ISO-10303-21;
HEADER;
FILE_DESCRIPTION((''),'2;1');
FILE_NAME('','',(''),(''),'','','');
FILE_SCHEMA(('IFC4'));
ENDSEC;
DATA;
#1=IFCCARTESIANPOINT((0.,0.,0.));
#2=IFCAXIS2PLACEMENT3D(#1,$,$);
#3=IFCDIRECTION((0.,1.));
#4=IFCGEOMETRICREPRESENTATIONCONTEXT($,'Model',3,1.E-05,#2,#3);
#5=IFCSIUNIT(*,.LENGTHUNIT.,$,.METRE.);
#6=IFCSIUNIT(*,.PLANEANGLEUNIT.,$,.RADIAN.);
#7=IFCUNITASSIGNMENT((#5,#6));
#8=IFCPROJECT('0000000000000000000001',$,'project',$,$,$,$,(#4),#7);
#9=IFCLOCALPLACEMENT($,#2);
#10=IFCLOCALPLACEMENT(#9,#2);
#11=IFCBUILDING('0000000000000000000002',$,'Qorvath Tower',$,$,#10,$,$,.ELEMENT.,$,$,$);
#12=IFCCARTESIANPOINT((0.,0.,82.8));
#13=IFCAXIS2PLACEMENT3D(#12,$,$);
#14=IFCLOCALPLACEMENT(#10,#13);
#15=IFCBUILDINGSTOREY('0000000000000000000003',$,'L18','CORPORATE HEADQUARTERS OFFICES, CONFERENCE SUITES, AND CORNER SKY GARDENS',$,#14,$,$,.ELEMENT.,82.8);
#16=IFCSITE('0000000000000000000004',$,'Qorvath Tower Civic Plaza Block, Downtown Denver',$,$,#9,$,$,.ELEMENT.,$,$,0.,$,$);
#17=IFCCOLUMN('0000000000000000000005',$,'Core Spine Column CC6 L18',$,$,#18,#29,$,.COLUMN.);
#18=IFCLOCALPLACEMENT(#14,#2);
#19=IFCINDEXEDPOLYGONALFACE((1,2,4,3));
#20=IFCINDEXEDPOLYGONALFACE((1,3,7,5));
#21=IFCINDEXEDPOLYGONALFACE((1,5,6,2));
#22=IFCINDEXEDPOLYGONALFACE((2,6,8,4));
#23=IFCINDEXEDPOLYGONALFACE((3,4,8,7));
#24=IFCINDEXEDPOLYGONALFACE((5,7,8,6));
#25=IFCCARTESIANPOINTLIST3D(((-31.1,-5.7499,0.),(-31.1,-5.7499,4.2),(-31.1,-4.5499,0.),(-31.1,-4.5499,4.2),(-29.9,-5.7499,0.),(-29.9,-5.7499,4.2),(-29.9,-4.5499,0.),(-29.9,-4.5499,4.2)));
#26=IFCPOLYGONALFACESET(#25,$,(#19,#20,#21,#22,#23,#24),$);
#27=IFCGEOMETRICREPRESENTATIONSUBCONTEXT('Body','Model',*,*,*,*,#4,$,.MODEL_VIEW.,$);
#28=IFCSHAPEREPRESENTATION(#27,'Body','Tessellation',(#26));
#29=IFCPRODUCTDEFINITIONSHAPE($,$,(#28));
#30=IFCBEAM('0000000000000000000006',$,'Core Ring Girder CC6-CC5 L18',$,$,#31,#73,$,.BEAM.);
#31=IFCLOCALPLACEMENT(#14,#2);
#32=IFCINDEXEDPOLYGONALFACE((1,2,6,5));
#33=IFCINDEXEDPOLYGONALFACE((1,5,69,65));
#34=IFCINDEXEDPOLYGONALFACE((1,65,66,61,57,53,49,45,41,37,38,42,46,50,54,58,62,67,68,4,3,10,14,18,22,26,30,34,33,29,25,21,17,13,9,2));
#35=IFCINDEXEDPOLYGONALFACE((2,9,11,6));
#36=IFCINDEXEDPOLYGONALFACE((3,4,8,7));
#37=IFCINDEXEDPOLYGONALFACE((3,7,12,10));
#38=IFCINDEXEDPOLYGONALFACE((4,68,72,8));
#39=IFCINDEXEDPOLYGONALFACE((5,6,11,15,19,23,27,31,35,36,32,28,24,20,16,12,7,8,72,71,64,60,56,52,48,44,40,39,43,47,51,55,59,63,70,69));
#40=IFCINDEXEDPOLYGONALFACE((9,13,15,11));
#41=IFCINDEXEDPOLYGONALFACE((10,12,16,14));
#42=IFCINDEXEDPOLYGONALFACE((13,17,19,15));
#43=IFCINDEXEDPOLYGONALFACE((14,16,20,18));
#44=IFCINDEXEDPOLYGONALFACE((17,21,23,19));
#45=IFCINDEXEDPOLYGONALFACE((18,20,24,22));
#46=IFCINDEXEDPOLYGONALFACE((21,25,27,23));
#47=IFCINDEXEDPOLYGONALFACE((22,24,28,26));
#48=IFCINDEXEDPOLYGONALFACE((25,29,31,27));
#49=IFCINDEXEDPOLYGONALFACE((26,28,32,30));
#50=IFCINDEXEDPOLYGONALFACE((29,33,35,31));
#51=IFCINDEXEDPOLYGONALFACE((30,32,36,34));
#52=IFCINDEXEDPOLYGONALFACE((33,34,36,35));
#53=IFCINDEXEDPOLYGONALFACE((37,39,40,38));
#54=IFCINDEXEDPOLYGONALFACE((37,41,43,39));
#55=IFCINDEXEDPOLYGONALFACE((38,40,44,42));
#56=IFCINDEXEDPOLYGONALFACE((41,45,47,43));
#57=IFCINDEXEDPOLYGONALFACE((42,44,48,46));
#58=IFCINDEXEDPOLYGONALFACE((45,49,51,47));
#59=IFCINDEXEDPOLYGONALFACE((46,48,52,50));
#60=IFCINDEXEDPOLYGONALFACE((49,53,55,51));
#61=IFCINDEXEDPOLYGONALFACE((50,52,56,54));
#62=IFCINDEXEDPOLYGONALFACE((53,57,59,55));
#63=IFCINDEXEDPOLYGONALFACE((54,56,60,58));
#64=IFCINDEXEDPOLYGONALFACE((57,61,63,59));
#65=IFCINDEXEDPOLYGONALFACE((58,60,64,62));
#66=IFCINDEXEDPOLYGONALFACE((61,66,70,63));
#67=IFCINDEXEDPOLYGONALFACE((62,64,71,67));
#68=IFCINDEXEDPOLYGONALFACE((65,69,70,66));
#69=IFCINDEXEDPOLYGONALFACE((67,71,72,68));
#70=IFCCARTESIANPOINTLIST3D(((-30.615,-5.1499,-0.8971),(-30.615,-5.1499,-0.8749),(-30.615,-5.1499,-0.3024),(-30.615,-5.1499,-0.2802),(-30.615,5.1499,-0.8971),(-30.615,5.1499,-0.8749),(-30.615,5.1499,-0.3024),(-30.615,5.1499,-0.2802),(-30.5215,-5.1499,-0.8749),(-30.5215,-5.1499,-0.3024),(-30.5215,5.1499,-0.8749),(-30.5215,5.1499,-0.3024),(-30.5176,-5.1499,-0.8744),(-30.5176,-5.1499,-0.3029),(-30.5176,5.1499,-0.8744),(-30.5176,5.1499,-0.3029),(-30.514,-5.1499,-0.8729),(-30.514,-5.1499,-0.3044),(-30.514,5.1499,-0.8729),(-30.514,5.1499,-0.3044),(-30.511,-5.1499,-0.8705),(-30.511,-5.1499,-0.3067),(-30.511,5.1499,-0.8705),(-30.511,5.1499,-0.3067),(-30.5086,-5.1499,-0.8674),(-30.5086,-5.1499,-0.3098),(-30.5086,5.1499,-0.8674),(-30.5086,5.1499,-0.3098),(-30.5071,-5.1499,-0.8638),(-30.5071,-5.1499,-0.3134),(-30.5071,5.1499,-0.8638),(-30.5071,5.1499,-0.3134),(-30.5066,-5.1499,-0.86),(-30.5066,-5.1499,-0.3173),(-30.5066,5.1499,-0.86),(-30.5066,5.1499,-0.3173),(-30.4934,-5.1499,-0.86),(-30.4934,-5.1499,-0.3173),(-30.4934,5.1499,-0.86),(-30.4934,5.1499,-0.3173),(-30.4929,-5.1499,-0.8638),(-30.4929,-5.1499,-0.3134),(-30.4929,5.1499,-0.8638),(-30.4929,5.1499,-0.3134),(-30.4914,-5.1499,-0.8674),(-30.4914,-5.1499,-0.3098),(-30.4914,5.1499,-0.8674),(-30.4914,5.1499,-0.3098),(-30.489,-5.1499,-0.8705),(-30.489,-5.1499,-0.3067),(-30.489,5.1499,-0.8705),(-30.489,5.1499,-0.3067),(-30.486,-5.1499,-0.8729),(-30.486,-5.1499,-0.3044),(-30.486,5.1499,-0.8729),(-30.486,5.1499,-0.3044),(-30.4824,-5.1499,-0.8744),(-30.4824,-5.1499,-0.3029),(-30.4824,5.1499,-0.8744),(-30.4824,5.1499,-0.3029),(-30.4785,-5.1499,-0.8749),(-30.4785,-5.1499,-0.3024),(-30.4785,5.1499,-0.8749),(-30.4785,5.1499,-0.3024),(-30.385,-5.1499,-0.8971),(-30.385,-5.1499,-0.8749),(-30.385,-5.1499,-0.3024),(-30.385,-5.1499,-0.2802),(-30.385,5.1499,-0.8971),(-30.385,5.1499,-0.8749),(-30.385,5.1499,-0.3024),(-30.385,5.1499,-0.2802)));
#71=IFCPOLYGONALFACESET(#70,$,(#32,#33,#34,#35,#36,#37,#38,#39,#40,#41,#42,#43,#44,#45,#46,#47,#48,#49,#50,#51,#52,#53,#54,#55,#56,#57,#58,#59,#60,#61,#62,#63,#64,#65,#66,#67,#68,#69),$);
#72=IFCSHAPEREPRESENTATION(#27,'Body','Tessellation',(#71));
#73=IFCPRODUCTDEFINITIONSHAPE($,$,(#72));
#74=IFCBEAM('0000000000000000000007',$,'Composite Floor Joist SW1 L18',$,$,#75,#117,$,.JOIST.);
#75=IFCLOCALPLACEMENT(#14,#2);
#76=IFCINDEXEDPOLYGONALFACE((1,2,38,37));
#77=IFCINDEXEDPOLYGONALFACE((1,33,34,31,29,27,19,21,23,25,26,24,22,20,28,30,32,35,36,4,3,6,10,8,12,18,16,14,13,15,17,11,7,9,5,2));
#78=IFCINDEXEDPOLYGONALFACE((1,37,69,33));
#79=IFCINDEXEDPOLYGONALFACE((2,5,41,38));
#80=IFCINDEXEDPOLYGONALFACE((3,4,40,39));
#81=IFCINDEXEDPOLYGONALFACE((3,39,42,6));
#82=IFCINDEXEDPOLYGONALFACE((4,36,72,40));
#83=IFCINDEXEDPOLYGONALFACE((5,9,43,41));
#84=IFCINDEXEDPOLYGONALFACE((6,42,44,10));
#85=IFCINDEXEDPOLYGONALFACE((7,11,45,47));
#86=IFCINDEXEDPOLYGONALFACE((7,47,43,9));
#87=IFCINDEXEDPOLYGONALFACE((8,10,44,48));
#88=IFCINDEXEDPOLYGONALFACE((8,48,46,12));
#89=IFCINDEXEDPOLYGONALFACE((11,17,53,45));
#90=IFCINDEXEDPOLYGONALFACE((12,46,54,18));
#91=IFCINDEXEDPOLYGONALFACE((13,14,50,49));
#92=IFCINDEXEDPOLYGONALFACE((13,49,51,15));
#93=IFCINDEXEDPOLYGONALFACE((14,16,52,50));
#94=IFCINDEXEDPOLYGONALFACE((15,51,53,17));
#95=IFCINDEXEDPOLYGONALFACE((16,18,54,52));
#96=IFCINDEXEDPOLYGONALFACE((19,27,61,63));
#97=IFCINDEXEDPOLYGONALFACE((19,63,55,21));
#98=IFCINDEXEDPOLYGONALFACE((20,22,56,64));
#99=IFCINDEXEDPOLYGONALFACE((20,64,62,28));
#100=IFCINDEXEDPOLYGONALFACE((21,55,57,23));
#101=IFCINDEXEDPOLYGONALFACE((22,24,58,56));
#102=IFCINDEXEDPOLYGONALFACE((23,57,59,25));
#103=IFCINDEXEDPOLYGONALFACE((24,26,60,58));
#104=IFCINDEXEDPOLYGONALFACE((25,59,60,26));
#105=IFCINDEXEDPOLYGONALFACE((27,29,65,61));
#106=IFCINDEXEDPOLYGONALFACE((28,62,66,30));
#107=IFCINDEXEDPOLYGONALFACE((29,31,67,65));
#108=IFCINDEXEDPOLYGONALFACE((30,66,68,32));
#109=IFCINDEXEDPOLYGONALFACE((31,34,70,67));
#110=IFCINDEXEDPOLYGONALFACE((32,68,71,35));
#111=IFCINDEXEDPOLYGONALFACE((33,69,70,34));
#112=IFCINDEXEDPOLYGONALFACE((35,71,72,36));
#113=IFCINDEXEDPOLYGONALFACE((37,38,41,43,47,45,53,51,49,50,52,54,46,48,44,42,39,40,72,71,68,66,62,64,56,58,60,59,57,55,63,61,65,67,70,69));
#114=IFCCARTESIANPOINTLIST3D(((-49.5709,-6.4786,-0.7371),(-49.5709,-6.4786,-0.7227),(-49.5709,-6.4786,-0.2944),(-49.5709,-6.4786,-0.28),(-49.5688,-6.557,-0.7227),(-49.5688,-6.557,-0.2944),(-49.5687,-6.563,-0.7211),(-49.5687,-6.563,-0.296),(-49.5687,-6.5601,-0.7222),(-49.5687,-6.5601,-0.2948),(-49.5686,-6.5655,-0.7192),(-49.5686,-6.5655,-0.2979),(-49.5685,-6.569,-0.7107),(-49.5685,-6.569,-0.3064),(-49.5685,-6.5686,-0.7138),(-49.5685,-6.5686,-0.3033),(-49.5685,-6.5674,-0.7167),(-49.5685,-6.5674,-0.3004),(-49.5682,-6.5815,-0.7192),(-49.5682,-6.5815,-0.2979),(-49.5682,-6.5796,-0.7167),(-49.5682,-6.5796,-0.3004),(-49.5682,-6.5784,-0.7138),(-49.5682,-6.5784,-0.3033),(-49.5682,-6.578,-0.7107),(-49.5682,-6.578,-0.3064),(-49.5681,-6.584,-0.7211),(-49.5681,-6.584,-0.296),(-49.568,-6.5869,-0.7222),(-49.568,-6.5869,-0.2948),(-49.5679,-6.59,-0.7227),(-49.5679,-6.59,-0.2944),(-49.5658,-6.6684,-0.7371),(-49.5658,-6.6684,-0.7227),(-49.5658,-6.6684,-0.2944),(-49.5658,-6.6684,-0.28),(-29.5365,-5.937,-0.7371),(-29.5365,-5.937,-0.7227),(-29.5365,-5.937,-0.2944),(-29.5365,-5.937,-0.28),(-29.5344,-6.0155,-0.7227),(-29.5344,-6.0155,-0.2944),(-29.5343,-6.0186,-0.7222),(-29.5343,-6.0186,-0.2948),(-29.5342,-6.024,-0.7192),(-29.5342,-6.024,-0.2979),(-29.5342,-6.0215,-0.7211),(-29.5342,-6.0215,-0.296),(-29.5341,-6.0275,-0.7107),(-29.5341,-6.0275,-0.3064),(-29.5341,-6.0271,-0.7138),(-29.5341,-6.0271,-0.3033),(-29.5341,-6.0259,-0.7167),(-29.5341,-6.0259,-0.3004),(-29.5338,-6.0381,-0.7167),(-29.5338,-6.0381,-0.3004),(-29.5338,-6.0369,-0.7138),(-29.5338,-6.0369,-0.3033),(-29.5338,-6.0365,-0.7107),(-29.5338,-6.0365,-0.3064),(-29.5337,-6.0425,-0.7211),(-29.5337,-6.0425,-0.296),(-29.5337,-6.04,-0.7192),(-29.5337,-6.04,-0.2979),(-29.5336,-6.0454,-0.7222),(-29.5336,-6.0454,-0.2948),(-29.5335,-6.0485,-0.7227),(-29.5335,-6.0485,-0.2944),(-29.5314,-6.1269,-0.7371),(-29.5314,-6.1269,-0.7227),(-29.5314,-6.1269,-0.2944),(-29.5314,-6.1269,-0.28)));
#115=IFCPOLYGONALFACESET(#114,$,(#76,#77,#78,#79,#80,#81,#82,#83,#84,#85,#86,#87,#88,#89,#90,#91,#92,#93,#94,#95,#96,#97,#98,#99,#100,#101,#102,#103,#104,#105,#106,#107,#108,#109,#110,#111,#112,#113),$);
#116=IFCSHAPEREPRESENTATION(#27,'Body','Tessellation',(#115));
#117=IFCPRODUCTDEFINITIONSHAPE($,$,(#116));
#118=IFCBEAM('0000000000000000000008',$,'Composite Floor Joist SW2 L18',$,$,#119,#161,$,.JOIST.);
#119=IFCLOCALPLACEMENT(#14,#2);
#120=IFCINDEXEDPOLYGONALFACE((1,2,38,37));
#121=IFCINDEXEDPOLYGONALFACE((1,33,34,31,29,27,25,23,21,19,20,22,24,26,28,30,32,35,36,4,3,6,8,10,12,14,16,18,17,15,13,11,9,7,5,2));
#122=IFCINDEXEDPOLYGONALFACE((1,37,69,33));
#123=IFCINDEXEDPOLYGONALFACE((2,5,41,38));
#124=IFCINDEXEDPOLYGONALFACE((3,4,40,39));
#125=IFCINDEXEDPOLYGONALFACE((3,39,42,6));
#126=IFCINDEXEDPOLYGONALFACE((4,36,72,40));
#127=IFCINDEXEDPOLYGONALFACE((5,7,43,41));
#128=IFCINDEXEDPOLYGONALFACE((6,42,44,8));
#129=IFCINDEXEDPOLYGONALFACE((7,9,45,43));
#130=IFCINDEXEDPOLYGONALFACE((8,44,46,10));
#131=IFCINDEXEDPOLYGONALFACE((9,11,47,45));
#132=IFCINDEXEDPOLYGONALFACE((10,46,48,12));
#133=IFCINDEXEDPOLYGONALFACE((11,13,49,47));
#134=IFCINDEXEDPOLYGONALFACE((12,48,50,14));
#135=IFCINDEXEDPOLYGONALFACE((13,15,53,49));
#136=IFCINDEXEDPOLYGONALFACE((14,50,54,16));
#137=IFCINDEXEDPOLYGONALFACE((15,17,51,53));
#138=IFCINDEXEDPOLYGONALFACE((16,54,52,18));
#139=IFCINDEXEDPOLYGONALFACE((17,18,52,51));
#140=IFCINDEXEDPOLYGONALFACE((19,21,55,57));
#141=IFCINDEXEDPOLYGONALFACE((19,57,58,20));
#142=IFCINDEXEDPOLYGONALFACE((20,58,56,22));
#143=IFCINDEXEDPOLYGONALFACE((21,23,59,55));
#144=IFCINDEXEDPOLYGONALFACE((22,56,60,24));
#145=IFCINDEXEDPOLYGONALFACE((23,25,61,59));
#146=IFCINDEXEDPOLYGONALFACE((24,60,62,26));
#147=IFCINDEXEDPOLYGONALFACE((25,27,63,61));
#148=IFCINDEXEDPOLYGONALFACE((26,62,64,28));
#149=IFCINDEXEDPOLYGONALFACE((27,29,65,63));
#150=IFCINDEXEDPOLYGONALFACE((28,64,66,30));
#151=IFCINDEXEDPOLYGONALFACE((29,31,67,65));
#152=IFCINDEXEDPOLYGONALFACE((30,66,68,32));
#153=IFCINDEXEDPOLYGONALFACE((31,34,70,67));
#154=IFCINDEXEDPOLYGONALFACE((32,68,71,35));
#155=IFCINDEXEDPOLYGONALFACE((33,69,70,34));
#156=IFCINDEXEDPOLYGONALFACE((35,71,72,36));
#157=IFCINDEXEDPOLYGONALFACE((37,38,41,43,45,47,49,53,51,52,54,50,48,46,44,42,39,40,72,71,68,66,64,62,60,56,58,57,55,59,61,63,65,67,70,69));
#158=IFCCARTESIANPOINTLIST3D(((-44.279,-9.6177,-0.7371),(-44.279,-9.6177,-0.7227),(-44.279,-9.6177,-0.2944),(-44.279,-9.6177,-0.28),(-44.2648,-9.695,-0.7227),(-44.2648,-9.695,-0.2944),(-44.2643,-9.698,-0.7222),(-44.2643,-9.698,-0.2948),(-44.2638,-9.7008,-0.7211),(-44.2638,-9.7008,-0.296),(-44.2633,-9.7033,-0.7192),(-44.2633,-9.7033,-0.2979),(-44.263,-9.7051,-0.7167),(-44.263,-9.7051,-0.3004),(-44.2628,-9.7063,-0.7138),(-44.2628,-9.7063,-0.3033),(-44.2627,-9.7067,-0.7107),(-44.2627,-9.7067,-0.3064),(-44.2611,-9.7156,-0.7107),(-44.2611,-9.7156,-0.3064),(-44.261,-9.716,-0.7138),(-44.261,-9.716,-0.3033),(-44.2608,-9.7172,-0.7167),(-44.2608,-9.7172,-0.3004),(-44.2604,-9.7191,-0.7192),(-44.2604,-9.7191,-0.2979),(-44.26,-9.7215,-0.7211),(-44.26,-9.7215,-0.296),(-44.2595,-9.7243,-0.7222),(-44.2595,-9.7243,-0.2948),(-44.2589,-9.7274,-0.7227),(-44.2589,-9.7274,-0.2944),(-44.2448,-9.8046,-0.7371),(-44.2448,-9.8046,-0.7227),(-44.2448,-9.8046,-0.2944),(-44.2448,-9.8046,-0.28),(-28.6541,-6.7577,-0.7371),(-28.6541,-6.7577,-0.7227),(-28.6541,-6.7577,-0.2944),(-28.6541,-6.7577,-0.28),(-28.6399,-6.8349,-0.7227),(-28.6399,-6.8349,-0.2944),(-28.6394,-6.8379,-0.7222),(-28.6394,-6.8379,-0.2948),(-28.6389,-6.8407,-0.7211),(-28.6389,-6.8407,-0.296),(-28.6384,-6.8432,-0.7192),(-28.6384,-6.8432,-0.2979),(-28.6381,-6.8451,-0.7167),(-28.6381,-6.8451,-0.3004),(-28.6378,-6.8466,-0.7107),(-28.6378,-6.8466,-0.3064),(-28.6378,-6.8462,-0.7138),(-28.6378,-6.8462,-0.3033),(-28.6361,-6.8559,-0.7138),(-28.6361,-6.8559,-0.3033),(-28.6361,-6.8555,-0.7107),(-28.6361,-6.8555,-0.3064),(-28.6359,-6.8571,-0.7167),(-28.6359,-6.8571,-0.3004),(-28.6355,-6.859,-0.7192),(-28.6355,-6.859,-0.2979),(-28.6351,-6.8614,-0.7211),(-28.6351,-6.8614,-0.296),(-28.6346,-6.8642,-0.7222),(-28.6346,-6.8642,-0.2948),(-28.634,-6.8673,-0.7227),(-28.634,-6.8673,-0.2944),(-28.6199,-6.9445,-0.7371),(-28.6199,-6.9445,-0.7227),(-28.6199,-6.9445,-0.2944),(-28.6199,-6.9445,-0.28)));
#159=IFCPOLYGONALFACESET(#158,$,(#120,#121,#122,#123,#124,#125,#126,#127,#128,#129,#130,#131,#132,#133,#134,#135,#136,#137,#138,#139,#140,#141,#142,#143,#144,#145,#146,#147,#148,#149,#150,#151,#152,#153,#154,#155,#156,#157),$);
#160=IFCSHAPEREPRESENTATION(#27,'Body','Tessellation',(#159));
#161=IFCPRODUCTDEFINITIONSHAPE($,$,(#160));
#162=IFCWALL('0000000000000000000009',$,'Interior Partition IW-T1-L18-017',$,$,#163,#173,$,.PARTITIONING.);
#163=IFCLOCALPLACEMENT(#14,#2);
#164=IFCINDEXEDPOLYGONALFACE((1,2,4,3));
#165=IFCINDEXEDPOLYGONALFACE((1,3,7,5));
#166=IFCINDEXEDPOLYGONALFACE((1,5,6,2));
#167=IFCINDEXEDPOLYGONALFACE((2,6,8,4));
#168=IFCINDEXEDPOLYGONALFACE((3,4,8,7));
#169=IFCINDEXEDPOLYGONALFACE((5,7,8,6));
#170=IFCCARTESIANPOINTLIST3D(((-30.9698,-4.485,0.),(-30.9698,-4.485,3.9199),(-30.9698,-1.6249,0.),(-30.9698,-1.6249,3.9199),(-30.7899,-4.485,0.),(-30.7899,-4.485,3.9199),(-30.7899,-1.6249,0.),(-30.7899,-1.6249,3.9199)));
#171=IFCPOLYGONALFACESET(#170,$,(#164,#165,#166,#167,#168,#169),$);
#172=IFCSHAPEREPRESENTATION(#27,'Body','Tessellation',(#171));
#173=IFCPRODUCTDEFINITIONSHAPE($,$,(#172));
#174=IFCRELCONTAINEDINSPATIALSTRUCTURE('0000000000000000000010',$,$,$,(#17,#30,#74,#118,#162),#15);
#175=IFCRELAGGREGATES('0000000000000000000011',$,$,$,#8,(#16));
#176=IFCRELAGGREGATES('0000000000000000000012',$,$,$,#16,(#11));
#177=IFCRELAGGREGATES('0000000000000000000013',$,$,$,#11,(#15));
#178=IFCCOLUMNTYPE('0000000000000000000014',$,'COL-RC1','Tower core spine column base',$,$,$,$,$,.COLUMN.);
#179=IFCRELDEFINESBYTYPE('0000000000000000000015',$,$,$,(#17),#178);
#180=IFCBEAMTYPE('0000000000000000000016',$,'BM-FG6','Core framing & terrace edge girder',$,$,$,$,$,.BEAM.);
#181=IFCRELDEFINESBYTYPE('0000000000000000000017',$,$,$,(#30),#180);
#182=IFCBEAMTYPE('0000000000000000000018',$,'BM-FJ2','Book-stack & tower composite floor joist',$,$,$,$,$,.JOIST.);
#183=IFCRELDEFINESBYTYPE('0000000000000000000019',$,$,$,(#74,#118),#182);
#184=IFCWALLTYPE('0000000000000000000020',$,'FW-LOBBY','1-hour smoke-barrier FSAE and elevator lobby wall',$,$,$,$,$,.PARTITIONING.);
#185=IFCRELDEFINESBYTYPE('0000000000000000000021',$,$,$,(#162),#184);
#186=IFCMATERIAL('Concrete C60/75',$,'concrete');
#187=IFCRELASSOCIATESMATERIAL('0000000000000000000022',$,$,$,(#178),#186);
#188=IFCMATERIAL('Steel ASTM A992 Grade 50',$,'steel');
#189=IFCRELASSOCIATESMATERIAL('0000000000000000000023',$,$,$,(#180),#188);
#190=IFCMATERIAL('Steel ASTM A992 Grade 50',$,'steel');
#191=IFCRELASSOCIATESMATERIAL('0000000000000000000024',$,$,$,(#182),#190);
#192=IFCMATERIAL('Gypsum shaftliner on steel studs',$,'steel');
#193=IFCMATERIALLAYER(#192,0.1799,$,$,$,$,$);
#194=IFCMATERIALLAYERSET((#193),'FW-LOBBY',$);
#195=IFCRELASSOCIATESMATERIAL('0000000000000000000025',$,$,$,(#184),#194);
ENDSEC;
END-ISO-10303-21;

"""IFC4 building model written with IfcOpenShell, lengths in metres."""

from ifc_helpers import new_model, si_unit, direction, frame, frame_2d, origin, origin_2d, place, context, subcontext, project, spatial, rectangle, i_section, extrude, material, layer, layer_set, material_profile, profile_set, type_object, element, save


model = new_model("IFC4")

# Units and contexts
model_context = context("Model", 3, precision=1e-05, world=origin(), true_north=direction((0.0, 1.0)))
body_context = subcontext(model_context, "Body", "Model", "MODEL_VIEW")
ifc_project = project(units=[si_unit("LENGTHUNIT", "METRE"), si_unit("PLANEANGLEUNIT", "RADIAN")], contexts=[model_context])

# Site, building, storey
site_placement = place(None, origin())
site = spatial("IfcSite", under=ifc_project, at=site_placement, Name="Qorvath Tower Civic Plaza Block, Downtown Denver", CompositionType="ELEMENT", RefElevation=0.0)
building_placement = place(site_placement, origin())
building = spatial("IfcBuilding", under=site, at=building_placement, Name="Qorvath Tower", CompositionType="ELEMENT")
storey_placement = place(building_placement, frame((0.0, 0.0, 82.8)))
storey = spatial("IfcBuildingStorey", under=building, at=storey_placement, Name="L18", Description="CORPORATE HEADQUARTERS OFFICES, CONFERENCE SUITES, AND CORNER SKY GARDENS", CompositionType="ELEMENT", Elevation=82.8)

# Column
ifc_material_1 = material(Name="Concrete C60/75", Category="concrete")
ifc_material_profile_1 = material_profile(ifc_material_1, rectangle(XDim=1.2, YDim=1.2, at=origin_2d()), Name="RC 1200x1200")
ifc_profile_set_1 = profile_set([ifc_material_profile_1], Name="Concrete C60/75")
column_type = type_object("IfcColumnType", Name="COL-RC1", Description="Tower core spine column base", PredefinedType="COLUMN", material=ifc_profile_set_1)
column_placement = place(storey_placement, frame((-30.5, -5.1499, 0.0), z_axis=(0.0, 0.0, 1.0), x_axis=(1.0, 0.0, 0.0)))
element("IfcColumn", 1, at=column_placement, inside=storey, type_object=column_type, Name="Core Spine Column CC6 L18", PredefinedType="COLUMN", context=body_context, shape_type="SweptSolid", body=[
    extrude(rectangle(XDim=1.2, YDim=1.2, at=origin_2d()), origin(), (0.0, 0.0, 1.0), 4.2),
])

# Beams
ifc_material_2 = material(Name="Steel ASTM A992 Grade 50", Category="steel")
ifc_material_profile_2 = material_profile(ifc_material_2, i_section(OverallWidth=0.23, OverallDepth=0.6169, WebThickness=0.0132, FlangeThickness=0.0222, FilletRadius=0.0149, at=origin_2d()), Name="W24x94")
ifc_profile_set_2 = profile_set([ifc_material_profile_2], Name="Steel ASTM A992 Grade 50")
beam_type_1 = type_object("IfcBeamType", Name="BM-FG6", Description="Core framing & terrace edge girder", PredefinedType="BEAM", material=ifc_profile_set_2)
beam_1_placement = place(storey_placement, frame((-30.5, -5.1499, -0.5886), z_axis=(0.0, 1.0, 0.0), x_axis=(-1.0, 0.0, 0.0)))
element("IfcBeam", 2, at=beam_1_placement, inside=storey, type_object=beam_type_1, Name="Core Ring Girder CC6-CC5 L18", PredefinedType="BEAM", context=body_context, shape_type="SweptSolid", body=[
    extrude(i_section(OverallWidth=0.23, OverallDepth=0.6169, WebThickness=0.0132, FlangeThickness=0.0222, FilletRadius=0.0149, at=origin_2d()), origin(), (0.0, 0.0, 1.0), 10.2998),
])
ifc_material_3 = material(Name="Steel ASTM A992 Grade 50", Category="steel")
ifc_material_profile_3 = material_profile(ifc_material_3, i_section(OverallWidth=0.1899, OverallDepth=0.457, WebThickness=0.009, FlangeThickness=0.0144, FilletRadius=0.012, at=origin_2d()), Name="W18x50")
ifc_profile_set_3 = profile_set([ifc_material_profile_3], Name="Steel ASTM A992 Grade 50")
beam_type_2 = type_object("IfcBeamType", Name="BM-FJ2", Description="Book-stack & tower composite floor joist", PredefinedType="JOIST", material=ifc_profile_set_3)
beam_2_placement = place(storey_placement, frame((-29.5339, -6.032, -0.5085), z_axis=(-0.999635, -0.027019, 0.0), x_axis=(0.027019, -0.999635, 0.0)))
element("IfcBeam", 3, at=beam_2_placement, inside=storey, type_object=beam_type_2, Name="Composite Floor Joist SW1 L18", PredefinedType="JOIST", context=body_context, shape_type="SweptSolid", body=[
    extrude(i_section(OverallWidth=0.1899, OverallDepth=0.457, WebThickness=0.009, FlangeThickness=0.0144, FilletRadius=0.012, at=origin_2d()), origin(), (0.0, 0.0, 1.0), 20.0417),
])
beam_3_placement = place(storey_placement, frame((-28.637, -6.8511, -0.5085), z_axis=(-0.983656, -0.180055, 0.0), x_axis=(0.180055, -0.983656, 0.0)))
element("IfcBeam", 4, at=beam_3_placement, inside=storey, type_object=beam_type_2, Name="Composite Floor Joist SW2 L18", PredefinedType="JOIST", context=body_context, shape_type="SweptSolid", body=[
    extrude(i_section(OverallWidth=0.1899, OverallDepth=0.457, WebThickness=0.009, FlangeThickness=0.0144, FilletRadius=0.012, at=origin_2d()), origin(), (0.0, 0.0, 1.0), 15.8845),
])

# Shared definitions
ifc_material_4 = material(Name="Gypsum shaftliner on steel studs", Category="steel")
ifc_layer_1 = layer(ifc_material_4, 0.1799)
ifc_layer_set_1 = layer_set([ifc_layer_1], Name="FW-LOBBY")
wall_type_1 = type_object("IfcWallType", Name="FW-LOBBY", Description="1-hour smoke-barrier FSAE and elevator lobby wall", PredefinedType="PARTITIONING", material=ifc_layer_set_1)

# Wall
wall_1_placement = place(storey_placement, frame((-30.8799, -4.4851, 0.0), z_axis=(0.0, 0.0, 1.0), x_axis=(0.0, 1.0, 0.0)))
element("IfcWall", 5, at=wall_1_placement, inside=storey, type_object=wall_type_1, Name="Interior Partition IW-T1-L18-017", PredefinedType="PARTITIONING", context=body_context, shape_type="SweptSolid", body=[
    extrude(rectangle(XDim=2.8601, YDim=0.1799, at=frame_2d((1.4302, 0.0))), origin(), (0.0, 0.0, 1.0), 3.9199),
])

save(model, "model.ifc")
